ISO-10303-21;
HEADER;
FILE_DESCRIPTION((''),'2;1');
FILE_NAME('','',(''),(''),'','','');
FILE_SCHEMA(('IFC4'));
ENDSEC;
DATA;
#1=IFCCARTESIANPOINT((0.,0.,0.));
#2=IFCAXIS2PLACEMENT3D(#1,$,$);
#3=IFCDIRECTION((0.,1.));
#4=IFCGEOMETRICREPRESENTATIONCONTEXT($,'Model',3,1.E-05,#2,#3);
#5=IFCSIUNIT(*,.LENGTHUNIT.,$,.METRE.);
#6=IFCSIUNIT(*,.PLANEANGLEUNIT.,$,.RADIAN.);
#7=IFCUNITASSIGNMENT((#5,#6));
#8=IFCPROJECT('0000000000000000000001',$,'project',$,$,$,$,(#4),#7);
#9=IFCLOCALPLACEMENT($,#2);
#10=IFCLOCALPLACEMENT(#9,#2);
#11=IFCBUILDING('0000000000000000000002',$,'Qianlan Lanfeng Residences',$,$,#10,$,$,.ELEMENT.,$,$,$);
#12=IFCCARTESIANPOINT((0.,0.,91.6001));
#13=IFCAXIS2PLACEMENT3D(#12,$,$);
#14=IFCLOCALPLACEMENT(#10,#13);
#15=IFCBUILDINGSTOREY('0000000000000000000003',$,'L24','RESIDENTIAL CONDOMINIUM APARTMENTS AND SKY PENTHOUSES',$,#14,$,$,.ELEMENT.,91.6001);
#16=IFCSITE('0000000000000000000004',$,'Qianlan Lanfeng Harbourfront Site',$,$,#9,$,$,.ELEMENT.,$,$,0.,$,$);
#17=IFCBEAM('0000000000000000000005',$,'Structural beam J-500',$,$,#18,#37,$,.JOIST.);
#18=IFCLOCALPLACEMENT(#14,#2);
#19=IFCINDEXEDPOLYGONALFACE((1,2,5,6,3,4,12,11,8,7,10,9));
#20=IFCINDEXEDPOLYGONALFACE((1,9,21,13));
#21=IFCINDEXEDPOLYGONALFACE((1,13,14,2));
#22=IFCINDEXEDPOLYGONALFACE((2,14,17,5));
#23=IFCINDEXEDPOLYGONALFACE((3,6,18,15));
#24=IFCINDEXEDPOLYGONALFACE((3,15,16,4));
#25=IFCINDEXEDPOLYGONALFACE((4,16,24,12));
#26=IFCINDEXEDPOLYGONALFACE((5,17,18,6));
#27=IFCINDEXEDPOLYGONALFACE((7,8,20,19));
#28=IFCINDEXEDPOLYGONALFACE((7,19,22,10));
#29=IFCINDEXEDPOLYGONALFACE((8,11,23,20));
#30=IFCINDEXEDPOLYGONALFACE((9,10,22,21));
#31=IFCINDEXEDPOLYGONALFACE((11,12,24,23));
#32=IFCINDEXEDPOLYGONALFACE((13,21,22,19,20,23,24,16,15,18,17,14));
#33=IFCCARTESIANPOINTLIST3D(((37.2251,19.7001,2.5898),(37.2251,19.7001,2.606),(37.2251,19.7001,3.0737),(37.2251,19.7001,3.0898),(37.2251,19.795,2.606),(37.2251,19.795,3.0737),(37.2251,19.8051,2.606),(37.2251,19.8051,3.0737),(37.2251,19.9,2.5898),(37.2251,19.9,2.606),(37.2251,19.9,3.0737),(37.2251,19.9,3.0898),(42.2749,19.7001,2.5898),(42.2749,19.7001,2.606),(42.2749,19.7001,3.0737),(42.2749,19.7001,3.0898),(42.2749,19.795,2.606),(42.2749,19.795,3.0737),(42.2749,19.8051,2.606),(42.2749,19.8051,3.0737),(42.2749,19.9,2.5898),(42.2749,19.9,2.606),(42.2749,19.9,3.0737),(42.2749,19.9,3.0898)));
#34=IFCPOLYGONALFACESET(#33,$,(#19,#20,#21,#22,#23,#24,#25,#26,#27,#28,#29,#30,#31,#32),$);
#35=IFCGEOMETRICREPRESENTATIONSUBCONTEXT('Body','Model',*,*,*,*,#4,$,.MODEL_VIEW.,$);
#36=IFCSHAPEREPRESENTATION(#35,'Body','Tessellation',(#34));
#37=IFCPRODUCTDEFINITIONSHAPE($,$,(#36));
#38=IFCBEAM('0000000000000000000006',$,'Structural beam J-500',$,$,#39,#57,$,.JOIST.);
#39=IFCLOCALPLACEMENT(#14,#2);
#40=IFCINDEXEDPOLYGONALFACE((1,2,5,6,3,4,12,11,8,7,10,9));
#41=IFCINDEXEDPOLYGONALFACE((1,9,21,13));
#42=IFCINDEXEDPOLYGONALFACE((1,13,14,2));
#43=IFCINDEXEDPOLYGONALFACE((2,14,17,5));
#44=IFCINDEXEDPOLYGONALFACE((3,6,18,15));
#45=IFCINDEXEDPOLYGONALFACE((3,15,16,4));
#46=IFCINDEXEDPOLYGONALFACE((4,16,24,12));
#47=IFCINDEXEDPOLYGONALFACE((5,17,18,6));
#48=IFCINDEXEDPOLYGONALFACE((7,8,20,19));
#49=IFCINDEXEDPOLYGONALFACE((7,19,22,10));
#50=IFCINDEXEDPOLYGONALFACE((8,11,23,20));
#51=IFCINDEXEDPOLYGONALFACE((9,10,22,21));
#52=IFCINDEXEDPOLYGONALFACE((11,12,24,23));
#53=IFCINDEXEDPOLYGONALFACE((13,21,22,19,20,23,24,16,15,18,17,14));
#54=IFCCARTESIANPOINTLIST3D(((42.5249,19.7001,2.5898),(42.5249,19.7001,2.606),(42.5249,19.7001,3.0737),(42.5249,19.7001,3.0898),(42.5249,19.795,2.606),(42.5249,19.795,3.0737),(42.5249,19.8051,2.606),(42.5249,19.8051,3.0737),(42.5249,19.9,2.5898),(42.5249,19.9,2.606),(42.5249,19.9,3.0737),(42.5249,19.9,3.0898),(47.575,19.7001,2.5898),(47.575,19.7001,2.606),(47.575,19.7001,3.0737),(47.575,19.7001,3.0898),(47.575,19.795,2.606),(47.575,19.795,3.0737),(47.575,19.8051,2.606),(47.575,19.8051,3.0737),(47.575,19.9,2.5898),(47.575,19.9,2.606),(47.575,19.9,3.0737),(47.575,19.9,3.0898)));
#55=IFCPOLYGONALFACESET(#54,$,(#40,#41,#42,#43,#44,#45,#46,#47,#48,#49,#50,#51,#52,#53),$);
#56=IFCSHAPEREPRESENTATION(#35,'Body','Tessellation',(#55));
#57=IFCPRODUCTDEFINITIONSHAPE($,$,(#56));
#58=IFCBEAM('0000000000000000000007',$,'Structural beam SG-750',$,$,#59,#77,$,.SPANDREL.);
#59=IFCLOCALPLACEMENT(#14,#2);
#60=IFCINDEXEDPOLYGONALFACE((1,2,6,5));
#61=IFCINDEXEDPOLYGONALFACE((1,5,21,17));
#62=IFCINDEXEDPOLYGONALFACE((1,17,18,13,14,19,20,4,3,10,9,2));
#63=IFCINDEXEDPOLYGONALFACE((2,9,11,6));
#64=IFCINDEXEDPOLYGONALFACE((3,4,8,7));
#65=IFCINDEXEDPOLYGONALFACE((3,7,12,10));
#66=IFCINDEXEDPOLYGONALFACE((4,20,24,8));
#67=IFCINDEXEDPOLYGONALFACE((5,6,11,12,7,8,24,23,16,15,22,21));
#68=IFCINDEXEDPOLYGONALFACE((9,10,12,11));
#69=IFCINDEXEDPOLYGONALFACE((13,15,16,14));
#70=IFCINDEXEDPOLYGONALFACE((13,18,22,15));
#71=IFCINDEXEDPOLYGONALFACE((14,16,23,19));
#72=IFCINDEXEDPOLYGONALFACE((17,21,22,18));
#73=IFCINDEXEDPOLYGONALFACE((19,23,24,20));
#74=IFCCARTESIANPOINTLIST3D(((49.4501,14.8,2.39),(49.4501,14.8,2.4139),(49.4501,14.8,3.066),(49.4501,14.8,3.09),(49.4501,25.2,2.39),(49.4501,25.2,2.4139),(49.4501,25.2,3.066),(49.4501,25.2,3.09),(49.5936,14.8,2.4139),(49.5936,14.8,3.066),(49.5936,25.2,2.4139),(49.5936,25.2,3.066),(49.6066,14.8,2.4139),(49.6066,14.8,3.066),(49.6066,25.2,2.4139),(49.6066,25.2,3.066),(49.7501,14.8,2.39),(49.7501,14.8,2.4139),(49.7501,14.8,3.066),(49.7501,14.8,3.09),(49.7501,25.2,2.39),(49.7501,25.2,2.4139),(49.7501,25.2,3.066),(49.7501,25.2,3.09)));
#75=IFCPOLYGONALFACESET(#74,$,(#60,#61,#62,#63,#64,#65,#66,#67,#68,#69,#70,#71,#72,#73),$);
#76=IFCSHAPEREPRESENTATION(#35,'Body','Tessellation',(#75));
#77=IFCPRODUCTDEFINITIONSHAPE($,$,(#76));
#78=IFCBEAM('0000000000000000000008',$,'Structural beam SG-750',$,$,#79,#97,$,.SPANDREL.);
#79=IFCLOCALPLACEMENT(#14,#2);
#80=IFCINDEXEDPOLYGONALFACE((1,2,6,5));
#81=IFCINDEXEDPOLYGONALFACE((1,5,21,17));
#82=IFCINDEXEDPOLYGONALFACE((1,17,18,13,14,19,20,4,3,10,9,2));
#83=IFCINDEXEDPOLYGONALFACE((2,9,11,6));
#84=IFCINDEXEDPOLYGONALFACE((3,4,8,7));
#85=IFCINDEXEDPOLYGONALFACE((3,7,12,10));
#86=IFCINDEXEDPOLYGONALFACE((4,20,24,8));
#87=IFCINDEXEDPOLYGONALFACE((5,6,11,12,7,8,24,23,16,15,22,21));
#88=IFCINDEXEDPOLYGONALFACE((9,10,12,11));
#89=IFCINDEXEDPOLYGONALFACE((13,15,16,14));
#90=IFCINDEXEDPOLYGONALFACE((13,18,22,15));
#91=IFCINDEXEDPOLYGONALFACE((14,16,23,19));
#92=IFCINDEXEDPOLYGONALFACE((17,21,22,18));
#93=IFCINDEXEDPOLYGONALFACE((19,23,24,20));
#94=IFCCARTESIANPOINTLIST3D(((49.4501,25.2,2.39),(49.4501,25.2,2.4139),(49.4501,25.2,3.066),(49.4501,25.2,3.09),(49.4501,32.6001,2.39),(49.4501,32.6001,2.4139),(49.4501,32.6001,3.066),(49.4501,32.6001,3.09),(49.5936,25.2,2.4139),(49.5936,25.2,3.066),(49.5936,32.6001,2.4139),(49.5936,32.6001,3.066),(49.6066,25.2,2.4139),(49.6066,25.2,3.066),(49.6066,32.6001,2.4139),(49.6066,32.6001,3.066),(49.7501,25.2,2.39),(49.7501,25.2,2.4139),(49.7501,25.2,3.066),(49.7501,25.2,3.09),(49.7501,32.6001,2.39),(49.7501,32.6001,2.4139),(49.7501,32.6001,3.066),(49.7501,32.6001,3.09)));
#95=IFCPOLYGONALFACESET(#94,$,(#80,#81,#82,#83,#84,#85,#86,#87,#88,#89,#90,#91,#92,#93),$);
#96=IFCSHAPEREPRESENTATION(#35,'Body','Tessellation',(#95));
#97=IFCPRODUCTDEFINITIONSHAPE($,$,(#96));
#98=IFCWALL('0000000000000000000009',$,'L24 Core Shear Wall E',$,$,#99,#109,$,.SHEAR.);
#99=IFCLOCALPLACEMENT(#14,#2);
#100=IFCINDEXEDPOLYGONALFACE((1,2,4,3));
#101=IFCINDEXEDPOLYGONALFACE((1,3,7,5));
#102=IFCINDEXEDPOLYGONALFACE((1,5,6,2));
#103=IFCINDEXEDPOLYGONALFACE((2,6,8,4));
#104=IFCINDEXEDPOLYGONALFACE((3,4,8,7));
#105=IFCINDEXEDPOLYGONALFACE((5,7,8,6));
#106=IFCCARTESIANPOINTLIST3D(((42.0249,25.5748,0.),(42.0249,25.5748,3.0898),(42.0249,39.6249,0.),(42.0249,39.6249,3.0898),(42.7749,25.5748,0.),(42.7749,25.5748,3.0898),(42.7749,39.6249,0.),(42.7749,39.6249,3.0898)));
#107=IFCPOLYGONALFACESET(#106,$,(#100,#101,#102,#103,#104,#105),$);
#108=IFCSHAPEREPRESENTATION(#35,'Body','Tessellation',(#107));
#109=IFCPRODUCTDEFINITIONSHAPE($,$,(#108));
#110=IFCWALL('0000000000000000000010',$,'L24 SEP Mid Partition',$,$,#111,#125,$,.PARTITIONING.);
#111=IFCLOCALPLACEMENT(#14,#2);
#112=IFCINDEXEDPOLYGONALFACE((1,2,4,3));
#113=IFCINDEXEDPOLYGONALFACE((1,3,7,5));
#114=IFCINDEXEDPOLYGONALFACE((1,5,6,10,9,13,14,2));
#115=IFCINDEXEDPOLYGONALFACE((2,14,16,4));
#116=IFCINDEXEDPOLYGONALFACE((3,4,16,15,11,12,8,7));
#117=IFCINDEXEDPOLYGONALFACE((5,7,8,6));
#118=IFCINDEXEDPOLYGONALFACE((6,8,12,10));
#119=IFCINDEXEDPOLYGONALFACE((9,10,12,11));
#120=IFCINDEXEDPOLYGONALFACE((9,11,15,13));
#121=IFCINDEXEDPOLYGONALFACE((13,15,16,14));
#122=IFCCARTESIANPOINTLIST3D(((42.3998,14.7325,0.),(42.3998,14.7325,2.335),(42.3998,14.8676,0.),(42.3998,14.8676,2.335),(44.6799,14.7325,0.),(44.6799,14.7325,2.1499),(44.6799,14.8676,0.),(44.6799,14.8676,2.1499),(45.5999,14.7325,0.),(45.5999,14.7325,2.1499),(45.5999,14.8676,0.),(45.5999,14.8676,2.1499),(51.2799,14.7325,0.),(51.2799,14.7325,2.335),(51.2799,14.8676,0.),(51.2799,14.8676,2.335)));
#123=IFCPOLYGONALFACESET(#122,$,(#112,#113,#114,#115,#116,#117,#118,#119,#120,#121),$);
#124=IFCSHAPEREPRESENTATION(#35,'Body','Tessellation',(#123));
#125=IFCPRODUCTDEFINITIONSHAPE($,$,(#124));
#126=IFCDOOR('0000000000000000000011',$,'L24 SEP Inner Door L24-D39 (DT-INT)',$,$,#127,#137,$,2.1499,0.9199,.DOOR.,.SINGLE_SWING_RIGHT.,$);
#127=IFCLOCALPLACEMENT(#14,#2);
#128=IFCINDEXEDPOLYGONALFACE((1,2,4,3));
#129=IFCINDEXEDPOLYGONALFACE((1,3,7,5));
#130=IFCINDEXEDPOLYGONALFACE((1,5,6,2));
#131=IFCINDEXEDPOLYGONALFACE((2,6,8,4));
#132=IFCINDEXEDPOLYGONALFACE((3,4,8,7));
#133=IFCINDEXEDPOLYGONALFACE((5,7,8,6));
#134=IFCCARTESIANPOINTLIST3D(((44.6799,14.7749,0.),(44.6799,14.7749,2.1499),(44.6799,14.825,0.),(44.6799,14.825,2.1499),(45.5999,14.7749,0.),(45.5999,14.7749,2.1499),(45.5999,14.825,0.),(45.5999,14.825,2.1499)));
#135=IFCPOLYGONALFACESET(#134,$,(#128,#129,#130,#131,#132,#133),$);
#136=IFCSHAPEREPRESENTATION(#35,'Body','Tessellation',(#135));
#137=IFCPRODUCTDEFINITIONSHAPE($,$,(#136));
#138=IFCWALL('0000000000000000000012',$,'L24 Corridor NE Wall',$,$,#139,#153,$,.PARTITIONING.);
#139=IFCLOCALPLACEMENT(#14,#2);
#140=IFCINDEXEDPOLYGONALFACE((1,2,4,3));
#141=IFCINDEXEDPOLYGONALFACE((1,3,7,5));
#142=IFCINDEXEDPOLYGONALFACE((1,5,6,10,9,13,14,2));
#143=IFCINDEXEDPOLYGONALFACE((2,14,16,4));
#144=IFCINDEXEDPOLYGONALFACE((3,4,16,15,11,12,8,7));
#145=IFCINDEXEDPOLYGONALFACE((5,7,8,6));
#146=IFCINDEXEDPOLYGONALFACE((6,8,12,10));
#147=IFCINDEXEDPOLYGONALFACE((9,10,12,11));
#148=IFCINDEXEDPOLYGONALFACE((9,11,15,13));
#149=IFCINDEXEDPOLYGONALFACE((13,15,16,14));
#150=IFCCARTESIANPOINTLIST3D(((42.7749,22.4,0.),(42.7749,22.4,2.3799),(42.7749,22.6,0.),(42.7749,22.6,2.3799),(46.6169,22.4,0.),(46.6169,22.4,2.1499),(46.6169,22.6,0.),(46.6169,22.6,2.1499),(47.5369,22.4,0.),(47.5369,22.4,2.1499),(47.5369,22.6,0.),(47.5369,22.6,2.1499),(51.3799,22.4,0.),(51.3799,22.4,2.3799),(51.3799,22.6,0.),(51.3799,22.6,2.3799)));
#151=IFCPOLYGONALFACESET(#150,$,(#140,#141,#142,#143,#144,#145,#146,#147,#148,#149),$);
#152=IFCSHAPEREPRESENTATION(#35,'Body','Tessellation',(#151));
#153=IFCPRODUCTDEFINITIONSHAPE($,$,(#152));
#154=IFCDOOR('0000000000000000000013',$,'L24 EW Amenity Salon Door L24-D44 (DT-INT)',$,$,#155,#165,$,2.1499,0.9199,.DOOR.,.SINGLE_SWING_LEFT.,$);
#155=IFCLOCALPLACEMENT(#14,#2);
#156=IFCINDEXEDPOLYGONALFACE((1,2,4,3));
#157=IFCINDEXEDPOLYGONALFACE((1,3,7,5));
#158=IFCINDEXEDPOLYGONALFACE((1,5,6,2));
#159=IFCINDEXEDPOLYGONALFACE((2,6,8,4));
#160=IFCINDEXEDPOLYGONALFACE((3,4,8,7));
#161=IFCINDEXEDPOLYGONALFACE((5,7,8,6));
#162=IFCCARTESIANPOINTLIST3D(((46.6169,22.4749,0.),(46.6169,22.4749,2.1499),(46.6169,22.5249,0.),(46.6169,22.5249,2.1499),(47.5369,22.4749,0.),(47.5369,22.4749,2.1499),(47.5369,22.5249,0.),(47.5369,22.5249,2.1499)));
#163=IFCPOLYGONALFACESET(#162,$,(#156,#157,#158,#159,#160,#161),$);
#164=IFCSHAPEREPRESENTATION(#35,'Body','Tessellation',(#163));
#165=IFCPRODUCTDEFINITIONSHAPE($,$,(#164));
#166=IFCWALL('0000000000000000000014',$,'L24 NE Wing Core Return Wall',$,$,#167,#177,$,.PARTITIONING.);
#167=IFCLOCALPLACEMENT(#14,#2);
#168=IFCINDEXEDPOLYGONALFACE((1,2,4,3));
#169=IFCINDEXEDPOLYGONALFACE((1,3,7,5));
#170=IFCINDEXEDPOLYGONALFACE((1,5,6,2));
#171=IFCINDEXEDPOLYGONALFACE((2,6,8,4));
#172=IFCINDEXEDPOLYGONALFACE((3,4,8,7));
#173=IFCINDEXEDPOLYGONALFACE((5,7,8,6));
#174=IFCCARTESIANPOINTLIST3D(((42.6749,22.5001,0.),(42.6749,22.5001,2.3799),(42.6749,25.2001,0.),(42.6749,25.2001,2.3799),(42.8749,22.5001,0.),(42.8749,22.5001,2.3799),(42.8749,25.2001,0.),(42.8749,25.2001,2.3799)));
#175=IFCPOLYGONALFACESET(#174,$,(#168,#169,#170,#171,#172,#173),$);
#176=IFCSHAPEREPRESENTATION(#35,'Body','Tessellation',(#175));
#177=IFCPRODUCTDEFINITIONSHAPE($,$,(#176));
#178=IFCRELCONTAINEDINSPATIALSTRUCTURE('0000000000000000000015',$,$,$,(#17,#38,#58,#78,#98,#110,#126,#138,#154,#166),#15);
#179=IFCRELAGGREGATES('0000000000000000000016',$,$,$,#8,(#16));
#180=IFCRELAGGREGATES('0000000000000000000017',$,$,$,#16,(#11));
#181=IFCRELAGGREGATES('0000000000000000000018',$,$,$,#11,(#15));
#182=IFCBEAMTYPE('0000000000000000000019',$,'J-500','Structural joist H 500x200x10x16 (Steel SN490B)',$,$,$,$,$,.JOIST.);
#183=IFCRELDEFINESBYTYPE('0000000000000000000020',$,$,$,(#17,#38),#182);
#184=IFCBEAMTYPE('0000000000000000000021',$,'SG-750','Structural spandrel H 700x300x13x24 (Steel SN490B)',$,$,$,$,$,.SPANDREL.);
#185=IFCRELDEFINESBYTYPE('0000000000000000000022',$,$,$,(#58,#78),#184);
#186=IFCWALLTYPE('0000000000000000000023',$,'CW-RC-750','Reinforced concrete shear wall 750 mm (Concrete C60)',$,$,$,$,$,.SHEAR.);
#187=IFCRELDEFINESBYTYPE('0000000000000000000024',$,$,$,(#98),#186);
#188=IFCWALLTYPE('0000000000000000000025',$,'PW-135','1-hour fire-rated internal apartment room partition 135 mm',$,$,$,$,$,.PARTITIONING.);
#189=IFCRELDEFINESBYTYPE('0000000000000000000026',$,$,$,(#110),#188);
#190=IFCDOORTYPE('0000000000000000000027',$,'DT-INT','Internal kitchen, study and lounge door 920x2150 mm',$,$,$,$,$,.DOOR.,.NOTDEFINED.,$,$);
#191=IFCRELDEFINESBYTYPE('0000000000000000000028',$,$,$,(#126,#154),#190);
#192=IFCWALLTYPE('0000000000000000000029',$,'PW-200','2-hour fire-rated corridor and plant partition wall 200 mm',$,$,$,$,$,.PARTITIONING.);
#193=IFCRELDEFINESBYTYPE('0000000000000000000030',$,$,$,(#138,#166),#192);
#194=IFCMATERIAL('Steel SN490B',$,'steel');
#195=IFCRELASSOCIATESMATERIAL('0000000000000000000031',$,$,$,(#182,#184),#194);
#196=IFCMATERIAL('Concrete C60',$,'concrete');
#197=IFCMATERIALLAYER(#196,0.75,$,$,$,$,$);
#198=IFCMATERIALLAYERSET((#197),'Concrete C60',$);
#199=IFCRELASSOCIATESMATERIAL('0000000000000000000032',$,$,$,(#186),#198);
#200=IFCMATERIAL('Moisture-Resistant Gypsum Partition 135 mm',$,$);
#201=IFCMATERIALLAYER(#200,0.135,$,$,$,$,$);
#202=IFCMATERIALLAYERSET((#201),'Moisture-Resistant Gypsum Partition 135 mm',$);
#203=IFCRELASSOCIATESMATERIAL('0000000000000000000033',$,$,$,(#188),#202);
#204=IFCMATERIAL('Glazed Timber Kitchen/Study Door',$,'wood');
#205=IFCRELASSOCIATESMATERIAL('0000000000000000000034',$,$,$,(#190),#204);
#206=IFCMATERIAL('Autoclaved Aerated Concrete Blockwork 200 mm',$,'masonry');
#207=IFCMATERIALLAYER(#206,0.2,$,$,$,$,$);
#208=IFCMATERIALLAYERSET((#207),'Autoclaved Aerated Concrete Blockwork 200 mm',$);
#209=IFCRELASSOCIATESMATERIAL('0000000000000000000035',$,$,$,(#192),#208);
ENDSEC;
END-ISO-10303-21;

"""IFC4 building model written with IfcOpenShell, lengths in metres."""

from ifc_helpers import new_model, si_unit, direction, frame, frame_2d, origin, origin_2d, place, context, subcontext, project, spatial, rectangle, i_section, extrude, material, layer, layer_set, material_profile, profile_set, type_object, element, fill, save


model = new_model("IFC4")

# Units and contexts
model_context = context("Model", 3, precision=1e-05, world=origin(), true_north=direction((0.0, 1.0)))
body_context = subcontext(model_context, "Body", "Model", "MODEL_VIEW")
ifc_project = project(units=[si_unit("LENGTHUNIT", "METRE"), si_unit("PLANEANGLEUNIT", "RADIAN")], contexts=[model_context])

# Site, building, storey
site_placement = place(None, origin())
site = spatial("IfcSite", under=ifc_project, at=site_placement, Name="Qianlan Lanfeng Harbourfront Site", CompositionType="ELEMENT", RefElevation=0.0)
building_placement = place(site_placement, origin())
building = spatial("IfcBuilding", under=site, at=building_placement, Name="Qianlan Lanfeng Residences", CompositionType="ELEMENT")
storey_placement = place(building_placement, frame((0.0, 0.0, 91.6001)))
storey = spatial("IfcBuildingStorey", under=building, at=storey_placement, Name="L24", Description="RESIDENTIAL CONDOMINIUM APARTMENTS AND SKY PENTHOUSES", CompositionType="ELEMENT", Elevation=91.6001)

# Shared definitions
ifc_material_1 = material(Name="Steel SN490B", Category="steel")

# Beams
ifc_material_profile_1 = material_profile(ifc_material_1, i_section(OverallWidth=0.2, OverallDepth=0.5, WebThickness=0.01, FlangeThickness=0.0161, at=origin_2d()), Name="H 500x200x10x16")
ifc_profile_set_1 = profile_set([ifc_material_profile_1], Name="Steel SN490B")
beam_type_1 = type_object("IfcBeamType", Name="J-500", Description="Structural joist H 500x200x10x16 (Steel SN490B)", PredefinedType="JOIST", material=ifc_profile_set_1)
beam_1_placement = place(storey_placement, frame((37.2251, 19.8, 2.8398), z_axis=(1.0, 0.0, 0.0), x_axis=(0.0, 1.0, 0.0)))
element("IfcBeam", 1, at=beam_1_placement, inside=storey, type_object=beam_type_1, Name="Structural beam J-500", PredefinedType="JOIST", context=body_context, shape_type="SweptSolid", body=[
    extrude(i_section(OverallWidth=0.2, OverallDepth=0.5, WebThickness=0.01, FlangeThickness=0.0161, at=origin_2d()), origin(), (0.0, 0.0, 1.0), 5.0498),
])
beam_2_placement = place(storey_placement, frame((42.5249, 19.8, 2.8398), z_axis=(1.0, 0.0, 0.0), x_axis=(0.0, 1.0, 0.0)))
element("IfcBeam", 2, at=beam_2_placement, inside=storey, type_object=beam_type_1, Name="Structural beam J-500", PredefinedType="JOIST", context=body_context, shape_type="SweptSolid", body=[
    extrude(i_section(OverallWidth=0.2, OverallDepth=0.5, WebThickness=0.01, FlangeThickness=0.0161, at=origin_2d()), origin(), (0.0, 0.0, 1.0), 5.05),
])
ifc_material_profile_2 = material_profile(ifc_material_1, i_section(OverallWidth=0.3, OverallDepth=0.7, WebThickness=0.0129, FlangeThickness=0.0239, at=origin_2d()), Name="H 700x300x13x24")
ifc_profile_set_2 = profile_set([ifc_material_profile_2], Name="Steel SN490B")
beam_type_2 = type_object("IfcBeamType", Name="SG-750", Description="Structural spandrel H 700x300x13x24 (Steel SN490B)", PredefinedType="SPANDREL", material=ifc_profile_set_2)
beam_3_placement = place(storey_placement, frame((49.6001, 14.8, 2.74), z_axis=(0.0, 1.0, 0.0), x_axis=(-1.0, 0.0, 0.0)))
element("IfcBeam", 3, at=beam_3_placement, inside=storey, type_object=beam_type_2, Name="Structural beam SG-750", PredefinedType="SPANDREL", context=body_context, shape_type="SweptSolid", body=[
    extrude(i_section(OverallWidth=0.3, OverallDepth=0.7, WebThickness=0.0129, FlangeThickness=0.0239, at=origin_2d()), origin(), (0.0, 0.0, 1.0), 10.3999),
])
beam_4_placement = place(storey_placement, frame((49.6001, 25.2, 2.74), z_axis=(0.0, 1.0, 0.0), x_axis=(-1.0, 0.0, 0.0)))
element("IfcBeam", 4, at=beam_4_placement, inside=storey, type_object=beam_type_2, Name="Structural beam SG-750", PredefinedType="SPANDREL", context=body_context, shape_type="SweptSolid", body=[
    extrude(i_section(OverallWidth=0.3, OverallDepth=0.7, WebThickness=0.0129, FlangeThickness=0.0239, at=origin_2d()), origin(), (0.0, 0.0, 1.0), 7.4001),
])

# Wall
ifc_material_2 = material(Name="Concrete C60", Category="concrete")
ifc_layer_1 = layer(ifc_material_2, 0.75)
ifc_layer_set_1 = layer_set([ifc_layer_1], Name="Concrete C60")
wall_type_1 = type_object("IfcWallType", Name="CW-RC-750", Description="Reinforced concrete shear wall 750 mm (Concrete C60)", PredefinedType="SHEAR", material=ifc_layer_set_1)
wall_1_placement = place(storey_placement, frame((42.3999, 25.575, 0.0), z_axis=(0.0, 0.0, 1.0), x_axis=(0.0, 1.0, 0.0)))
element("IfcWall", 5, at=wall_1_placement, inside=storey, type_object=wall_type_1, Name="L24 Core Shear Wall E", PredefinedType="SHEAR", context=body_context, shape_type="SweptSolid", body=[
    extrude(rectangle(XDim=14.05, YDim=0.75, at=frame_2d((7.0249, 0.0))), origin(), (0.0, 0.0, 1.0), 3.0898),
])

# Walls, openings, doors
ifc_material_3 = material(Name="Moisture-Resistant Gypsum Partition 135 mm")
ifc_layer_2 = layer(ifc_material_3, 0.135)
ifc_layer_set_2 = layer_set([ifc_layer_2], Name="Moisture-Resistant Gypsum Partition 135 mm")
wall_type_2 = type_object("IfcWallType", Name="PW-135", Description="1-hour fire-rated internal apartment room partition 135 mm", PredefinedType="PARTITIONING", material=ifc_layer_set_2)
wall_2_placement = place(storey_placement, frame((42.3999, 14.8, 0.0), z_axis=(0.0, 0.0, 1.0), x_axis=(1.0, 0.0, 0.0)))
wall_2 = element("IfcWall", 6, at=wall_2_placement, inside=storey, type_object=wall_type_2, Name="L24 SEP Mid Partition", PredefinedType="PARTITIONING", context=body_context, shape_type="SweptSolid", body=[
    extrude(rectangle(XDim=8.8801, YDim=0.135, at=frame_2d((4.4399, 0.0))), origin(), (0.0, 0.0, 1.0), 2.335),
])
opening_1_placement = place(wall_2_placement, frame((2.28, 0.0, 0.0)))
opening_1 = element("IfcOpeningElement", 7, at=opening_1_placement, cuts=wall_2, PredefinedType="OPENING", context=body_context, shape_type="SweptSolid", body=[
    extrude(rectangle(XDim=0.9199, YDim=2.1499, at=frame_2d((0.46, 1.075))), frame((0.0, 0.0776, 0.0), z_axis=(0.0, -1.0, 0.0), x_axis=(1.0, 0.0, 0.0)), (0.0, 0.0, 1.0), 0.155),
])
ifc_material_4 = material(Name="Glazed Timber Kitchen/Study Door", Category="wood")
door_type = type_object("IfcDoorType", Name="DT-INT", Description="Internal kitchen, study and lounge door 920x2150 mm", OperationType="NOTDEFINED", PredefinedType="DOOR", material=ifc_material_4)
door_1_placement = place(opening_1_placement, origin())
door_1 = element("IfcDoor", 8, at=door_1_placement, inside=storey, type_object=door_type, Name="L24 SEP Inner Door L24-D39 (DT-INT)", OperationType="SINGLE_SWING_RIGHT", OverallHeight=2.1499, OverallWidth=0.9199, PredefinedType="DOOR", context=body_context, shape_type="SweptSolid", body=[
    extrude(rectangle(XDim=0.9199, YDim=2.1499, at=frame_2d((0.46, 1.075))), frame((0.0, 0.0249, 0.0), z_axis=(0.0, -1.0, 0.0), x_axis=(1.0, 0.0, 0.0)), (0.0, 0.0, 1.0), 0.05),
])
fill(opening_1, door_1)
ifc_material_5 = material(Name="Autoclaved Aerated Concrete Blockwork 200 mm", Category="masonry")
ifc_layer_3 = layer(ifc_material_5, 0.2)
ifc_layer_set_3 = layer_set([ifc_layer_3], Name="Autoclaved Aerated Concrete Blockwork 200 mm")
wall_type_3 = type_object("IfcWallType", Name="PW-200", Description="2-hour fire-rated corridor and plant partition wall 200 mm", PredefinedType="PARTITIONING", material=ifc_layer_set_3)
wall_3_placement = place(storey_placement, frame((42.7749, 22.5, 0.0), z_axis=(0.0, 0.0, 1.0), x_axis=(1.0, 0.0, 0.0)))
wall_3 = element("IfcWall", 9, at=wall_3_placement, inside=storey, type_object=wall_type_3, Name="L24 Corridor NE Wall", PredefinedType="PARTITIONING", context=body_context, shape_type="SweptSolid", body=[
    extrude(rectangle(XDim=8.605, YDim=0.2, at=frame_2d((4.3025, 0.0))), origin(), (0.0, 0.0, 1.0), 2.3799),
])
opening_2_placement = place(wall_3_placement, frame((3.842, 0.0, 0.0)))
opening_2 = element("IfcOpeningElement", 10, at=opening_2_placement, cuts=wall_3, PredefinedType="OPENING", context=body_context, shape_type="SweptSolid", body=[
    extrude(rectangle(XDim=0.9199, YDim=2.1499, at=frame_2d((0.46, 1.075))), frame((0.0, 0.1099, 0.0), z_axis=(0.0, -1.0, 0.0), x_axis=(1.0, 0.0, 0.0)), (0.0, 0.0, 1.0), 0.22),
])
door_2_placement = place(opening_2_placement, origin())
door_2 = element("IfcDoor", 11, at=door_2_placement, inside=storey, type_object=door_type, Name="L24 EW Amenity Salon Door L24-D44 (DT-INT)", OperationType="SINGLE_SWING_LEFT", OverallHeight=2.1499, OverallWidth=0.9199, PredefinedType="DOOR", context=body_context, shape_type="SweptSolid", body=[
    extrude(rectangle(XDim=0.9199, YDim=2.1499, at=frame_2d((0.46, 1.075))), frame((0.0, 0.0249, 0.0), z_axis=(0.0, -1.0, 0.0), x_axis=(1.0, 0.0, 0.0)), (0.0, 0.0, 1.0), 0.05),
])
fill(opening_2, door_2)

# Wall
wall_4_placement = place(storey_placement, frame((42.7749, 22.5, 0.0), z_axis=(0.0, 0.0, 1.0), x_axis=(0.0, 1.0, 0.0)))
element("IfcWall", 12, at=wall_4_placement, inside=storey, type_object=wall_type_3, Name="L24 NE Wing Core Return Wall", PredefinedType="PARTITIONING", context=body_context, shape_type="SweptSolid", body=[
    extrude(rectangle(XDim=2.7, YDim=0.2, at=frame_2d((1.3501, 0.0))), origin(), (0.0, 0.0, 1.0), 2.3799),
])

save(model, "model.ifc")
